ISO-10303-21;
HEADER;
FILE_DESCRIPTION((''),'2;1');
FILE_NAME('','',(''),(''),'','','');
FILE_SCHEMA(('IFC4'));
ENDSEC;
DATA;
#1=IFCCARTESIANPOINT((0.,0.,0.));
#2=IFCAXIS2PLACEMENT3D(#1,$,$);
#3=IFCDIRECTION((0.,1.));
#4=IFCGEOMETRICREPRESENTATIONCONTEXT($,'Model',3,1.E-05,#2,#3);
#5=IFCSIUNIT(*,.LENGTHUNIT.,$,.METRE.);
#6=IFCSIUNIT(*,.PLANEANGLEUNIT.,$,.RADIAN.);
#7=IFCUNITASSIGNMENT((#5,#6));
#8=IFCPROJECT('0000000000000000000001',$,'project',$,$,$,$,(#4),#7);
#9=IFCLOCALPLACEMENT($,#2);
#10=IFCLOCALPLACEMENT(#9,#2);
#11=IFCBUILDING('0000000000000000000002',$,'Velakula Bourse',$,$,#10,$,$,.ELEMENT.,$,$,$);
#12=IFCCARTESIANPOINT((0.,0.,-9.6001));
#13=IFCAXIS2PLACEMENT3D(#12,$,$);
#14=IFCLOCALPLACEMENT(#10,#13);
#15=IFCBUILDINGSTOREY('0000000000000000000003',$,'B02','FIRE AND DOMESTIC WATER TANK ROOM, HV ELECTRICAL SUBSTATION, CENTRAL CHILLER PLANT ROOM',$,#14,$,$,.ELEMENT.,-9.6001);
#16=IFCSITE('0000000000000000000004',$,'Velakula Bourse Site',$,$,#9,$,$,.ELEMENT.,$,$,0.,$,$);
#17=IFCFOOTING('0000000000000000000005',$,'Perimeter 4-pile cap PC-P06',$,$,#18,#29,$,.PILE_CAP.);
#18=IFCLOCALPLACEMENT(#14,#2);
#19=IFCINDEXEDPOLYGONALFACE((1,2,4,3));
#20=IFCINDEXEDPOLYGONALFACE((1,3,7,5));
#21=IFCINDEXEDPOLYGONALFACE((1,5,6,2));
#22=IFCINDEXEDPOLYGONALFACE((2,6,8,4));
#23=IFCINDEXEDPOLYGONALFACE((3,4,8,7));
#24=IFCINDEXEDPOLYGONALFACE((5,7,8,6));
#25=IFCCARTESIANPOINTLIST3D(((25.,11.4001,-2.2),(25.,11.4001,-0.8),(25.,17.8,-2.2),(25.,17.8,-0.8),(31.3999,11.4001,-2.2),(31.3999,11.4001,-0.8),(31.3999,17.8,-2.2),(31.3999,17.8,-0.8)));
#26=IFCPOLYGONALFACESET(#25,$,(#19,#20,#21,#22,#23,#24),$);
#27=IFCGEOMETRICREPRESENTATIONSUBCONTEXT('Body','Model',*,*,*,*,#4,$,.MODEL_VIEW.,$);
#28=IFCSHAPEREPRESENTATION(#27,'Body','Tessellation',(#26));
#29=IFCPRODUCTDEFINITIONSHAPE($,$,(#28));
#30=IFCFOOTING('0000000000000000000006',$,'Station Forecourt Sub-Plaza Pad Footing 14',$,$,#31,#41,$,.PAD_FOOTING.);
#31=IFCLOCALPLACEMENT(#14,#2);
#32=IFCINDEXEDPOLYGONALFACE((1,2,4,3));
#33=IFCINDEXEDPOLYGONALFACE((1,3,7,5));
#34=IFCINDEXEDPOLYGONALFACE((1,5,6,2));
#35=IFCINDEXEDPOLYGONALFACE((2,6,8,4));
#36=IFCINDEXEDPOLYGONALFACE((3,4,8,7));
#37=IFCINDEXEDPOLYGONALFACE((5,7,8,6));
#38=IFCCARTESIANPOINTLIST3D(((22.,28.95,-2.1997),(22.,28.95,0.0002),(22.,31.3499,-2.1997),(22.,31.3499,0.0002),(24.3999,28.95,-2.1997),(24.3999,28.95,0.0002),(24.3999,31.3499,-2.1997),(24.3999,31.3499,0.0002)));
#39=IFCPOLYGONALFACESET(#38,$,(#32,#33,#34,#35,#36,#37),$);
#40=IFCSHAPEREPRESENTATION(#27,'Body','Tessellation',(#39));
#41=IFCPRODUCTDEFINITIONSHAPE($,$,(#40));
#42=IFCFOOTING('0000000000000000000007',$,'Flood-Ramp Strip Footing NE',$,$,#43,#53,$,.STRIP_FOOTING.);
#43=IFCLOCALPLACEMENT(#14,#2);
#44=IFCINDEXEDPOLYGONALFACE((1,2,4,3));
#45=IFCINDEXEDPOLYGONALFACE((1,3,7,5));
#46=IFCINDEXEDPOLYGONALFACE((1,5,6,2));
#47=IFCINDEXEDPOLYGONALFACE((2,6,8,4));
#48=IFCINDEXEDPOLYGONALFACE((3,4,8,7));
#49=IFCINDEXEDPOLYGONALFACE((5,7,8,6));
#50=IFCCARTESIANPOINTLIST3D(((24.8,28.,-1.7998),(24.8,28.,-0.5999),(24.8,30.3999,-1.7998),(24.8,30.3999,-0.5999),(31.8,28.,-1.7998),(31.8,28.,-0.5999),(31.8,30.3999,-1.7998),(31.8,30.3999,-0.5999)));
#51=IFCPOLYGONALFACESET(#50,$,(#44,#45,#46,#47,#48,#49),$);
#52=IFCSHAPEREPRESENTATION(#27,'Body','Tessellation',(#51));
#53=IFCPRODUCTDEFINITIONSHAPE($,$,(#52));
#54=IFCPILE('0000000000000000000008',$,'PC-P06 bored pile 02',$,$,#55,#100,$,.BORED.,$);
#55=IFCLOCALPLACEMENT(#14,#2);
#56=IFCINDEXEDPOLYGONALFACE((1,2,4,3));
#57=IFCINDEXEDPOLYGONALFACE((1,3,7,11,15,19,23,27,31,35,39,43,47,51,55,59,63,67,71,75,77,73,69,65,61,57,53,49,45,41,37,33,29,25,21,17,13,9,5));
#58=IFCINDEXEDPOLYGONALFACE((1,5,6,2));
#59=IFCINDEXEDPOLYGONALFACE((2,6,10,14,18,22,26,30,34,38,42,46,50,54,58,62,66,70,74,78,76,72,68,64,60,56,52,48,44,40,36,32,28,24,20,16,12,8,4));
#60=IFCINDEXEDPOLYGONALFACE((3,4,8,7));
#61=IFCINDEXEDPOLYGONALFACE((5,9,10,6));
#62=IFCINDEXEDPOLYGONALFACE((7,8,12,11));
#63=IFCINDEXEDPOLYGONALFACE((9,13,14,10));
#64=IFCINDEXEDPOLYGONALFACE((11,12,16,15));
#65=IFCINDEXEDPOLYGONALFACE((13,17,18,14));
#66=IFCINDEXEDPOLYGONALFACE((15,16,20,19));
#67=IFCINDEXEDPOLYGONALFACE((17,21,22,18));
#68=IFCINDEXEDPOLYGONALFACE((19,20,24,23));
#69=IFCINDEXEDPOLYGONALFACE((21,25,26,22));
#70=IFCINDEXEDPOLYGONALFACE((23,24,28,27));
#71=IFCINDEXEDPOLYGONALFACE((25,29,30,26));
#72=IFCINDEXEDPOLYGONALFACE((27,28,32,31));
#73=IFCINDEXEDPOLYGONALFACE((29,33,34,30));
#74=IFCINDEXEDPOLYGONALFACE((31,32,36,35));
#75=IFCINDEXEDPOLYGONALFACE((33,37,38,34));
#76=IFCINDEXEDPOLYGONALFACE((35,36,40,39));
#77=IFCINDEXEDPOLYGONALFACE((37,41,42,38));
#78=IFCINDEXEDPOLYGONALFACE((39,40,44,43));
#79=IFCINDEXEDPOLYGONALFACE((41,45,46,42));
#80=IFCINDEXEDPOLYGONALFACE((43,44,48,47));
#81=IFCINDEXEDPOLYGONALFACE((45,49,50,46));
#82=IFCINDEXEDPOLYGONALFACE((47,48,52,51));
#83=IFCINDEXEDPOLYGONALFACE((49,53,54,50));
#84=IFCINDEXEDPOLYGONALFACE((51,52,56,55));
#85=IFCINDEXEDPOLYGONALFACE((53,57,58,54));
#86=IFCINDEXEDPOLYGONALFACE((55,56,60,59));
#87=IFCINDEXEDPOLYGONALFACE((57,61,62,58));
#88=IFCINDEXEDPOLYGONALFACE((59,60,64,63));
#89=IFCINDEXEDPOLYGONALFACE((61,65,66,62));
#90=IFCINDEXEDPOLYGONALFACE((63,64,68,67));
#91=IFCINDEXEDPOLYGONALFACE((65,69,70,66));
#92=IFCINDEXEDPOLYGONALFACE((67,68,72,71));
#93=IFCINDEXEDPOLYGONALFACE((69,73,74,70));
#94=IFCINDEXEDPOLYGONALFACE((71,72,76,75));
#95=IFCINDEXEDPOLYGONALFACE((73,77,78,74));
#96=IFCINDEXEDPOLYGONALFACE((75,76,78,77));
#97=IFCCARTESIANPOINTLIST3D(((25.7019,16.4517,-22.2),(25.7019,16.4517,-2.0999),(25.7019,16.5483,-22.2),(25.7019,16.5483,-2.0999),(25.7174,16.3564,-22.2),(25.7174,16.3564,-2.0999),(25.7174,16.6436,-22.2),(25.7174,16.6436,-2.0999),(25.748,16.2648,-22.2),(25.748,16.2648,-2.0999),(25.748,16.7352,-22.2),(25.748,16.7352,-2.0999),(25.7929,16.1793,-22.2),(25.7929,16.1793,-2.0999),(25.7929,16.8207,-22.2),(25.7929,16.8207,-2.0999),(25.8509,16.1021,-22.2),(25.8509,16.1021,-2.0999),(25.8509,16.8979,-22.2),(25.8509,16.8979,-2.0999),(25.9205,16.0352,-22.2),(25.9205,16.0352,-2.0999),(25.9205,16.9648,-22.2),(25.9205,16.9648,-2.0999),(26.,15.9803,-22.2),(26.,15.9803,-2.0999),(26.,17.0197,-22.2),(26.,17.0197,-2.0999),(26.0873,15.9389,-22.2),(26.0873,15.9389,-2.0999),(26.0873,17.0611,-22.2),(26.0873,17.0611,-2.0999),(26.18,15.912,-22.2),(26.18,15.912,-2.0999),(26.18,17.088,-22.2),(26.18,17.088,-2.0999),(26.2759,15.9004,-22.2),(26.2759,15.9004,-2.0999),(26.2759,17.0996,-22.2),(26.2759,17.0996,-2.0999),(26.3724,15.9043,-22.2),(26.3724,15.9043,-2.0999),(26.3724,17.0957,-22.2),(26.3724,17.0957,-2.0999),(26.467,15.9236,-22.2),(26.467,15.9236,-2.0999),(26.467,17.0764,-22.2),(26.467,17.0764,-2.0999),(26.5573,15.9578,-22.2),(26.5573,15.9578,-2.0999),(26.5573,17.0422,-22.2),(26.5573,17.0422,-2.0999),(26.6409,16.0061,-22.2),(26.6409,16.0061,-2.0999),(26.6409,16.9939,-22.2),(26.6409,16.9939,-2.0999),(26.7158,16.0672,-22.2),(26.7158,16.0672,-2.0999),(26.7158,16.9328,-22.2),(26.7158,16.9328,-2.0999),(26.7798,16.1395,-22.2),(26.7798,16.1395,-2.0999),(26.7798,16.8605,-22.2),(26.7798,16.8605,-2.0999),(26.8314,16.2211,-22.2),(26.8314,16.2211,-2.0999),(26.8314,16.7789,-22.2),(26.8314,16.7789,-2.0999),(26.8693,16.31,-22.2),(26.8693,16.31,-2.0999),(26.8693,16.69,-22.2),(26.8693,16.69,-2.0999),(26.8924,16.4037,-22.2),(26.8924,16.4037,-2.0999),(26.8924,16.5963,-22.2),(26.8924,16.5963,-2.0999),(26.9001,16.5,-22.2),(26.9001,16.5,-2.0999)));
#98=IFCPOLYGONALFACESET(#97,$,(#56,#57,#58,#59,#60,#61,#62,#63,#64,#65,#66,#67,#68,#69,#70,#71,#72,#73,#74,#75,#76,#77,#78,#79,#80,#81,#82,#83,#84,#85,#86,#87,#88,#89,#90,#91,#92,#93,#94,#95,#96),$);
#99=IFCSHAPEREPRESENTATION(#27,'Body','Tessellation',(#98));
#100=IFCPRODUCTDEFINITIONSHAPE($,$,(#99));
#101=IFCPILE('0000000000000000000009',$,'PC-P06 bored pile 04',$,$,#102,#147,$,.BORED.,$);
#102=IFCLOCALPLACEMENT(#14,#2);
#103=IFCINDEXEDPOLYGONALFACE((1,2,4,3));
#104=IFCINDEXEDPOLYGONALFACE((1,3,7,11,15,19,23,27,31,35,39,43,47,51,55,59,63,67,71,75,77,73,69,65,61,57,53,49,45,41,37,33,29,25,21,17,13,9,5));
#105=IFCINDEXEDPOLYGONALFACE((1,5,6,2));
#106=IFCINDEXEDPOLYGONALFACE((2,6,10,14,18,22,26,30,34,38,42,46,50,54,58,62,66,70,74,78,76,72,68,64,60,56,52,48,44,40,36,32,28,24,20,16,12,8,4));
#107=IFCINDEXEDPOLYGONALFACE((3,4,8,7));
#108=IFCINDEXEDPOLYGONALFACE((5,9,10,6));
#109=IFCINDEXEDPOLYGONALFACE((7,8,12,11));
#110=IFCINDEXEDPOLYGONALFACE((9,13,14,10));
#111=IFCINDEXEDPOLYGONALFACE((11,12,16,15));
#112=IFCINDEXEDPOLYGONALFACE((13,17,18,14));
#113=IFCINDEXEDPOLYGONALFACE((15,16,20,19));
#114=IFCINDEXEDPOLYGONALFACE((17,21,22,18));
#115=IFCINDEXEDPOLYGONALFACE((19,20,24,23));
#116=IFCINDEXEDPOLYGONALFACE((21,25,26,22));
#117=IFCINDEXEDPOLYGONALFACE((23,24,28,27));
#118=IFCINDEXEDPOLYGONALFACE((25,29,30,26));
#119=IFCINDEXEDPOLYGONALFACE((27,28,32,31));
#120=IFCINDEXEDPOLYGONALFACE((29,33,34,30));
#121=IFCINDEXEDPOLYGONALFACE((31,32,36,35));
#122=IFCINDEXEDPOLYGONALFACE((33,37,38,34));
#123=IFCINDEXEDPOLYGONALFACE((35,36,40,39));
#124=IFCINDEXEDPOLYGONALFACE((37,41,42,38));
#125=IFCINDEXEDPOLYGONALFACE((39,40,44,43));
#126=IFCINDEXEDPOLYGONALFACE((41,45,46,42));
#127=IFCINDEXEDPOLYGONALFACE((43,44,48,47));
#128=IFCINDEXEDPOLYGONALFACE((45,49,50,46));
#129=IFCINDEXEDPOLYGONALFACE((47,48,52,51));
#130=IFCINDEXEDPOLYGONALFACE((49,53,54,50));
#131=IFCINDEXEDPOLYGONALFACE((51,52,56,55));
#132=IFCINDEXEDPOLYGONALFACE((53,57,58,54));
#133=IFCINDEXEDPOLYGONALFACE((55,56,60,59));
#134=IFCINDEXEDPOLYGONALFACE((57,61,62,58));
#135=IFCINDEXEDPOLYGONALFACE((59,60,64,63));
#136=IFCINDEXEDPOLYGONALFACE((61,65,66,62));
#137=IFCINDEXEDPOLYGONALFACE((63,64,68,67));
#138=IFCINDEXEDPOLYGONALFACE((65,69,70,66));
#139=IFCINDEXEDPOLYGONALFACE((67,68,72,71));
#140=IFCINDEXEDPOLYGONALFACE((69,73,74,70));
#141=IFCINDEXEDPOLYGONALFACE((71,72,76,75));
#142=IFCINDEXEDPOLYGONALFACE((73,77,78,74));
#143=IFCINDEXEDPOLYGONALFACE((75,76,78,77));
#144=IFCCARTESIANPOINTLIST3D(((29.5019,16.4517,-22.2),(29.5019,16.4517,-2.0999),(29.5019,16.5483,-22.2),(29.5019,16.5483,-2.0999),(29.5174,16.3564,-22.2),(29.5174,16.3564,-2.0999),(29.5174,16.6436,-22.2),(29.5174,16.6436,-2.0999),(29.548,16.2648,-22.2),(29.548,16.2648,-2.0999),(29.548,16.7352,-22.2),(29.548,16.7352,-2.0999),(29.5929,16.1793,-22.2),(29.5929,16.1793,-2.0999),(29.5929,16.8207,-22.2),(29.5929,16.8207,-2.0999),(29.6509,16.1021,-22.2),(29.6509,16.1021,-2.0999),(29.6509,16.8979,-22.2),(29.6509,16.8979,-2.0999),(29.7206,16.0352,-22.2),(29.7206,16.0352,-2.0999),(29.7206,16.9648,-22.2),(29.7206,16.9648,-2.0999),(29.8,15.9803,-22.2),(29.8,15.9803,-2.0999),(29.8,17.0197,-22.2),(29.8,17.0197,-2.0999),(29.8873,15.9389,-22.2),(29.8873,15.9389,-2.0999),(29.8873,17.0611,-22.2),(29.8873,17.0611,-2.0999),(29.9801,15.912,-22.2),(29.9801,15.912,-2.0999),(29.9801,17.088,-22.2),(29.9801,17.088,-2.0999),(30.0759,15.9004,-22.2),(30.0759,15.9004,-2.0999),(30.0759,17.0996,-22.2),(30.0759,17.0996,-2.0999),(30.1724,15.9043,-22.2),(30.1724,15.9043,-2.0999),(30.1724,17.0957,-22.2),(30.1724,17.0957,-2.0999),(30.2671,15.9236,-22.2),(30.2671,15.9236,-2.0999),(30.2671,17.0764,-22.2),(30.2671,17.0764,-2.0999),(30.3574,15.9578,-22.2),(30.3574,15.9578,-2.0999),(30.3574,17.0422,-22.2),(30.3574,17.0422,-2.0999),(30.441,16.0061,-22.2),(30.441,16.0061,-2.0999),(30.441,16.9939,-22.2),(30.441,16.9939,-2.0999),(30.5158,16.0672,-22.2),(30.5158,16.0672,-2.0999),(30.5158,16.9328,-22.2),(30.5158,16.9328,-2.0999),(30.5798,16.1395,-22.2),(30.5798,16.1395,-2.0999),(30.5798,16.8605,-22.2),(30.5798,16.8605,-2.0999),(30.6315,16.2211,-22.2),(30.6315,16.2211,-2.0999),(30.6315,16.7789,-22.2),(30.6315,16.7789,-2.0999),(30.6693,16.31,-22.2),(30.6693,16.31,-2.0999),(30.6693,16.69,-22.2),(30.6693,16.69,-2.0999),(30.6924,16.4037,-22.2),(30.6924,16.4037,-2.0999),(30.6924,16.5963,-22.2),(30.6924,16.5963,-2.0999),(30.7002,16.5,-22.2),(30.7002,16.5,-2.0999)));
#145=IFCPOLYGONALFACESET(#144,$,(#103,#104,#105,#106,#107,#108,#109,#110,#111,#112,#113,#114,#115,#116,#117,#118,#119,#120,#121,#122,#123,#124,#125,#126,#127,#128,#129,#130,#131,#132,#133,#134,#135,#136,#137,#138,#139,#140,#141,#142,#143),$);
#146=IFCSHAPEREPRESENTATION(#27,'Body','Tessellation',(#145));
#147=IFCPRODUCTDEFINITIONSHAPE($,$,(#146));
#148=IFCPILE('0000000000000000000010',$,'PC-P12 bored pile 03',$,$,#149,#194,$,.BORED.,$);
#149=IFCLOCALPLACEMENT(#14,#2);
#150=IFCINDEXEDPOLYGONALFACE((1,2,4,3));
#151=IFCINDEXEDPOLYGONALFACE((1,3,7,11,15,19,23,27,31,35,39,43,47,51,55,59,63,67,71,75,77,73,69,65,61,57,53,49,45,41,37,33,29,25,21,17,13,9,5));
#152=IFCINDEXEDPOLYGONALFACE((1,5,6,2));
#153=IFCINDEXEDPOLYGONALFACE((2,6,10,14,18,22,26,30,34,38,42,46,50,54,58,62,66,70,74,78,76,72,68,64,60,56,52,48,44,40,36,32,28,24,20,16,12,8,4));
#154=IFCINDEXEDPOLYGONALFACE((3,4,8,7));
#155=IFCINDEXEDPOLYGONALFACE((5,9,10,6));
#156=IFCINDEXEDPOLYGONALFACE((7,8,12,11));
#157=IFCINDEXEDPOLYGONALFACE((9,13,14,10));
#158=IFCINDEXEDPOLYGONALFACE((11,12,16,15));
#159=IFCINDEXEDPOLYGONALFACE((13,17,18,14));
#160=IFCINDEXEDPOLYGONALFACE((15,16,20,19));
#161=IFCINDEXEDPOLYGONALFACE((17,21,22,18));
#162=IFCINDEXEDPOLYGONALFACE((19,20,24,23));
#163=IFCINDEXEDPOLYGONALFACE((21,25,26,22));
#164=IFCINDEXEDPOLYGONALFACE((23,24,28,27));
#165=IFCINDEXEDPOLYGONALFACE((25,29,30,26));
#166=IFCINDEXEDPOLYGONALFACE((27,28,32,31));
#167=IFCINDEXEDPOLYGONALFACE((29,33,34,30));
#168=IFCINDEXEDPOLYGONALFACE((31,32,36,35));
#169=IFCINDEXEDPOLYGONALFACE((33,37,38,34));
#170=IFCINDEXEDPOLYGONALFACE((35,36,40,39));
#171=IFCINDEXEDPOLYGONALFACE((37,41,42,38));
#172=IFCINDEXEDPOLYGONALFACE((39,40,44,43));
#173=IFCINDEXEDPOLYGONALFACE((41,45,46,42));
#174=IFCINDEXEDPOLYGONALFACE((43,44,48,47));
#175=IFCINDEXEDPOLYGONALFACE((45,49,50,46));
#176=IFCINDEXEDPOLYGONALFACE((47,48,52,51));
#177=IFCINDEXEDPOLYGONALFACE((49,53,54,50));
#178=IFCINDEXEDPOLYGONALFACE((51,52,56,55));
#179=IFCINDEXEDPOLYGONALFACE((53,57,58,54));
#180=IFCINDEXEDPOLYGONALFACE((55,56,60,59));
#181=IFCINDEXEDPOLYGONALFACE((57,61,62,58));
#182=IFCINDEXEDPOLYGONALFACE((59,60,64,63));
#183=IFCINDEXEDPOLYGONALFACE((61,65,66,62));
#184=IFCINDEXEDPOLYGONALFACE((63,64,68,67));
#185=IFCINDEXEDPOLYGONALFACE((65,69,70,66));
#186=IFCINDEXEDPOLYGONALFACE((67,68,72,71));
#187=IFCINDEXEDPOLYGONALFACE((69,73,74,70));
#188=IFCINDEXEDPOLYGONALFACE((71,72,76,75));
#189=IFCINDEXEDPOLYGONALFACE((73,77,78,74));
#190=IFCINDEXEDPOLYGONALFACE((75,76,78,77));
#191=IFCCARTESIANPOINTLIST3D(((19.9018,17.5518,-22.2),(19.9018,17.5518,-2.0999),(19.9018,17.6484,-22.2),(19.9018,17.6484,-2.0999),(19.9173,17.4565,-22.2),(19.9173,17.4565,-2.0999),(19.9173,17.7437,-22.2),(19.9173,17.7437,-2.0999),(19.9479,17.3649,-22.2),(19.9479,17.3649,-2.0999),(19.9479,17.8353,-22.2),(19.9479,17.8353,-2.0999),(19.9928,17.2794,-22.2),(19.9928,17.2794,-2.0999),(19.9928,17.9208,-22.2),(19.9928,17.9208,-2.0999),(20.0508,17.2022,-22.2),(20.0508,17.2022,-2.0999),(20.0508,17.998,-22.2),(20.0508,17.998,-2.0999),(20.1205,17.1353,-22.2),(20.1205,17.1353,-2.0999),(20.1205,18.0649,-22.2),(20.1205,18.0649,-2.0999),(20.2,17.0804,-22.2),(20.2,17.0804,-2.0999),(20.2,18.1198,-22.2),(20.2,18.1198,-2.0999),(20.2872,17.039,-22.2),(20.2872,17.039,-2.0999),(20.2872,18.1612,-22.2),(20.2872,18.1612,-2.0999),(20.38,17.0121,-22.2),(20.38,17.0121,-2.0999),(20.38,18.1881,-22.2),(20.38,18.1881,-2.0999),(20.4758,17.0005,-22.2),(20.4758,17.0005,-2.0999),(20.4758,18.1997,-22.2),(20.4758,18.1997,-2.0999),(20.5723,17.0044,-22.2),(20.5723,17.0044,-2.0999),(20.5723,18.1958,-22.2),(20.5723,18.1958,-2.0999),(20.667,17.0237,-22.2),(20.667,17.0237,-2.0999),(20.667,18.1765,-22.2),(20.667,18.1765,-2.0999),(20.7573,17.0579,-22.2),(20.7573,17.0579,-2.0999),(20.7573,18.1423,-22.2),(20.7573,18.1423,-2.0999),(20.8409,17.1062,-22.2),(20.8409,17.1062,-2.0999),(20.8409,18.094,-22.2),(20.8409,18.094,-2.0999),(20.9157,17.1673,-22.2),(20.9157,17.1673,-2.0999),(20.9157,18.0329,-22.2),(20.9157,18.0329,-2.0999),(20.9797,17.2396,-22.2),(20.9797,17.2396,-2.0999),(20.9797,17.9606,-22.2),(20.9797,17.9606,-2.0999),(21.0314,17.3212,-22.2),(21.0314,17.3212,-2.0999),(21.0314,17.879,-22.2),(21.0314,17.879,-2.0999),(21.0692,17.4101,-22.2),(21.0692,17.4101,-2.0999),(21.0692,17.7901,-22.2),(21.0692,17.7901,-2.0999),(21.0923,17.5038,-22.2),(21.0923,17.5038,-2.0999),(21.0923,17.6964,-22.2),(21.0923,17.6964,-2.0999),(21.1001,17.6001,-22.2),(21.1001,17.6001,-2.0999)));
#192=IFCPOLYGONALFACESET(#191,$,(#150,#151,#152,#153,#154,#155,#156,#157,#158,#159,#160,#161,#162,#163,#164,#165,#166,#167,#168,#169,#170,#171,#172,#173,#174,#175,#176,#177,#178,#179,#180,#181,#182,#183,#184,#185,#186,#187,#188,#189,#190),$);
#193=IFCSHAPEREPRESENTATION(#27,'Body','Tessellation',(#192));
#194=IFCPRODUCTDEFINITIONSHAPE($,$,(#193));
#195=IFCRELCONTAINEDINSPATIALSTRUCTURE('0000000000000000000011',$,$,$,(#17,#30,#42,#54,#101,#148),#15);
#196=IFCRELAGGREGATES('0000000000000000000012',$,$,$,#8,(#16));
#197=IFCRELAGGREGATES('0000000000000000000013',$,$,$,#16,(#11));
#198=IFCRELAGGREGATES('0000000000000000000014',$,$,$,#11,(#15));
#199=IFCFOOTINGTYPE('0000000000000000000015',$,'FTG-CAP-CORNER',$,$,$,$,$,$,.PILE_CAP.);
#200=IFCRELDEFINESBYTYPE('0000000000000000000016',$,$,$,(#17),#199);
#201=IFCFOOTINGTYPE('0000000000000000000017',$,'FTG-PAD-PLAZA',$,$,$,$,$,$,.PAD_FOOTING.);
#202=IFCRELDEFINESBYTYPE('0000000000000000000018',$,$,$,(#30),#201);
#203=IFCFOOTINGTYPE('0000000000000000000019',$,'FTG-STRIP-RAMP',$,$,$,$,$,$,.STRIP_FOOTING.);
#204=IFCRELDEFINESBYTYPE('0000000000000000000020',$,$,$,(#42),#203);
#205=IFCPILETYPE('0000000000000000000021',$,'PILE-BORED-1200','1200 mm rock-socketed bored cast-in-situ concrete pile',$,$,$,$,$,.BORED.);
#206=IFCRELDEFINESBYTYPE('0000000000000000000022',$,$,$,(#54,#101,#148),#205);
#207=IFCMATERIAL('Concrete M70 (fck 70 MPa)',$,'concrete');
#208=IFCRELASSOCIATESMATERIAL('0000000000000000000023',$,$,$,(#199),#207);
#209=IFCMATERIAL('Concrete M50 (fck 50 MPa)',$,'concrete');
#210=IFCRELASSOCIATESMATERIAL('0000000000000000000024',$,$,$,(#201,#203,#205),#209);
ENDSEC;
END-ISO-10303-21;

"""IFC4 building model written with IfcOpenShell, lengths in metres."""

from ifc_helpers import new_model, si_unit, direction, frame, origin, origin_2d, place, context, subcontext, project, spatial, rectangle, circle, extrude, material, material_profile, profile_set, type_object, element, save


model = new_model("IFC4")

# Units and contexts
model_context = context("Model", 3, precision=1e-05, world=origin(), true_north=direction((0.0, 1.0)))
body_context = subcontext(model_context, "Body", "Model", "MODEL_VIEW")
ifc_project = project(units=[si_unit("LENGTHUNIT", "METRE"), si_unit("PLANEANGLEUNIT", "RADIAN")], contexts=[model_context])

# Site, building, storey
site_placement = place(None, origin())
site = spatial("IfcSite", under=ifc_project, at=site_placement, Name="Velakula Bourse Site", CompositionType="ELEMENT", RefElevation=0.0)
building_placement = place(site_placement, origin())
building = spatial("IfcBuilding", under=site, at=building_placement, Name="Velakula Bourse", CompositionType="ELEMENT")
storey_placement = place(building_placement, frame((0.0, 0.0, -9.6001)))
storey = spatial("IfcBuildingStorey", under=building, at=storey_placement, Name="B02", Description="FIRE AND DOMESTIC WATER TANK ROOM, HV ELECTRICAL SUBSTATION, CENTRAL CHILLER PLANT ROOM", CompositionType="ELEMENT", Elevation=-9.6001)

# Footings
ifc_material_1 = material(Name="Concrete M70 (fck 70 MPa)", Category="concrete")
footing_type_1 = type_object("IfcFootingType", Name="FTG-CAP-CORNER", PredefinedType="PILE_CAP", material=ifc_material_1)
footing_1_placement = place(storey_placement, frame((28.2, 14.6001, -2.2), z_axis=(0.0, 0.0, 1.0), x_axis=(1.0, 0.0, 0.0)))
element("IfcFooting", 1, at=footing_1_placement, inside=storey, type_object=footing_type_1, Name="Perimeter 4-pile cap PC-P06", PredefinedType="PILE_CAP", context=body_context, shape_type="SweptSolid", body=[
    extrude(rectangle(XDim=6.3999, YDim=6.3999, at=origin_2d()), origin(), (0.0, 0.0, 1.0), 1.3999),
])
ifc_material_2 = material(Name="Concrete M50 (fck 50 MPa)", Category="concrete")
footing_type_2 = type_object("IfcFootingType", Name="FTG-PAD-PLAZA", PredefinedType="PAD_FOOTING", material=ifc_material_2)
footing_2_placement = place(storey_placement, frame((23.2, 30.1499, -2.1997), z_axis=(0.0, 0.0, 1.0), x_axis=(1.0, 0.0, 0.0)))
element("IfcFooting", 2, at=footing_2_placement, inside=storey, type_object=footing_type_2, Name="Station Forecourt Sub-Plaza Pad Footing 14", PredefinedType="PAD_FOOTING", context=body_context, shape_type="SweptSolid", body=[
    extrude(rectangle(XDim=2.3999, YDim=2.3999, at=origin_2d()), origin(), (0.0, 0.0, 1.0), 2.2),
])
footing_type_3 = type_object("IfcFootingType", Name="FTG-STRIP-RAMP", PredefinedType="STRIP_FOOTING", material=ifc_material_2)
footing_3_placement = place(storey_placement, frame((28.3, 29.2, -1.7998), z_axis=(0.0, 0.0, 1.0), x_axis=(1.0, 0.0, 0.0)))
element("IfcFooting", 3, at=footing_3_placement, inside=storey, type_object=footing_type_3, Name="Flood-Ramp Strip Footing NE", PredefinedType="STRIP_FOOTING", context=body_context, shape_type="SweptSolid", body=[
    extrude(rectangle(XDim=7.0, YDim=2.3999, at=origin_2d()), origin(), (0.0, 0.0, 1.0), 1.2),
])

# Piles
ifc_material_profile_1 = material_profile(ifc_material_2, circle(Radius=0.6001, at=origin_2d()), Name="Concrete M50 (fck 50 MPa)")
ifc_profile_set_1 = profile_set([ifc_material_profile_1], Name="Concrete M50 (fck 50 MPa)")
pile_type = type_object("IfcPileType", Name="PILE-BORED-1200", Description="1200 mm rock-socketed bored cast-in-situ concrete pile", PredefinedType="BORED", material=ifc_profile_set_1)
for number, where, z_axis, x_axis, name in (
    (4, (26.3, 16.5, -2.0999), (0.0, 0.0, -1.0), (1.0, 0.0, 0.0), "PC-P06 bored pile 02"),
    (5, (30.1001, 16.5, -2.0999), (0.0, 0.0, -1.0), (1.0, 0.0, 0.0), "PC-P06 bored pile 04"),
    (6, (20.5, 17.6001, -2.0999), (0.0, 0.0, -1.0), (1.0, 0.0, 0.0), "PC-P12 bored pile 03"),
):
    element("IfcPile", number, at=place(storey_placement, frame(where, z_axis=z_axis, x_axis=x_axis)), inside=storey, type_object=pile_type, Name=name, PredefinedType="BORED", context=body_context, shape_type="SweptSolid", body=[
        extrude(circle(Radius=0.6001, at=origin_2d()), origin(), (0.0, 0.0, 1.0), 20.1001),
    ])

save(model, "model.ifc")
